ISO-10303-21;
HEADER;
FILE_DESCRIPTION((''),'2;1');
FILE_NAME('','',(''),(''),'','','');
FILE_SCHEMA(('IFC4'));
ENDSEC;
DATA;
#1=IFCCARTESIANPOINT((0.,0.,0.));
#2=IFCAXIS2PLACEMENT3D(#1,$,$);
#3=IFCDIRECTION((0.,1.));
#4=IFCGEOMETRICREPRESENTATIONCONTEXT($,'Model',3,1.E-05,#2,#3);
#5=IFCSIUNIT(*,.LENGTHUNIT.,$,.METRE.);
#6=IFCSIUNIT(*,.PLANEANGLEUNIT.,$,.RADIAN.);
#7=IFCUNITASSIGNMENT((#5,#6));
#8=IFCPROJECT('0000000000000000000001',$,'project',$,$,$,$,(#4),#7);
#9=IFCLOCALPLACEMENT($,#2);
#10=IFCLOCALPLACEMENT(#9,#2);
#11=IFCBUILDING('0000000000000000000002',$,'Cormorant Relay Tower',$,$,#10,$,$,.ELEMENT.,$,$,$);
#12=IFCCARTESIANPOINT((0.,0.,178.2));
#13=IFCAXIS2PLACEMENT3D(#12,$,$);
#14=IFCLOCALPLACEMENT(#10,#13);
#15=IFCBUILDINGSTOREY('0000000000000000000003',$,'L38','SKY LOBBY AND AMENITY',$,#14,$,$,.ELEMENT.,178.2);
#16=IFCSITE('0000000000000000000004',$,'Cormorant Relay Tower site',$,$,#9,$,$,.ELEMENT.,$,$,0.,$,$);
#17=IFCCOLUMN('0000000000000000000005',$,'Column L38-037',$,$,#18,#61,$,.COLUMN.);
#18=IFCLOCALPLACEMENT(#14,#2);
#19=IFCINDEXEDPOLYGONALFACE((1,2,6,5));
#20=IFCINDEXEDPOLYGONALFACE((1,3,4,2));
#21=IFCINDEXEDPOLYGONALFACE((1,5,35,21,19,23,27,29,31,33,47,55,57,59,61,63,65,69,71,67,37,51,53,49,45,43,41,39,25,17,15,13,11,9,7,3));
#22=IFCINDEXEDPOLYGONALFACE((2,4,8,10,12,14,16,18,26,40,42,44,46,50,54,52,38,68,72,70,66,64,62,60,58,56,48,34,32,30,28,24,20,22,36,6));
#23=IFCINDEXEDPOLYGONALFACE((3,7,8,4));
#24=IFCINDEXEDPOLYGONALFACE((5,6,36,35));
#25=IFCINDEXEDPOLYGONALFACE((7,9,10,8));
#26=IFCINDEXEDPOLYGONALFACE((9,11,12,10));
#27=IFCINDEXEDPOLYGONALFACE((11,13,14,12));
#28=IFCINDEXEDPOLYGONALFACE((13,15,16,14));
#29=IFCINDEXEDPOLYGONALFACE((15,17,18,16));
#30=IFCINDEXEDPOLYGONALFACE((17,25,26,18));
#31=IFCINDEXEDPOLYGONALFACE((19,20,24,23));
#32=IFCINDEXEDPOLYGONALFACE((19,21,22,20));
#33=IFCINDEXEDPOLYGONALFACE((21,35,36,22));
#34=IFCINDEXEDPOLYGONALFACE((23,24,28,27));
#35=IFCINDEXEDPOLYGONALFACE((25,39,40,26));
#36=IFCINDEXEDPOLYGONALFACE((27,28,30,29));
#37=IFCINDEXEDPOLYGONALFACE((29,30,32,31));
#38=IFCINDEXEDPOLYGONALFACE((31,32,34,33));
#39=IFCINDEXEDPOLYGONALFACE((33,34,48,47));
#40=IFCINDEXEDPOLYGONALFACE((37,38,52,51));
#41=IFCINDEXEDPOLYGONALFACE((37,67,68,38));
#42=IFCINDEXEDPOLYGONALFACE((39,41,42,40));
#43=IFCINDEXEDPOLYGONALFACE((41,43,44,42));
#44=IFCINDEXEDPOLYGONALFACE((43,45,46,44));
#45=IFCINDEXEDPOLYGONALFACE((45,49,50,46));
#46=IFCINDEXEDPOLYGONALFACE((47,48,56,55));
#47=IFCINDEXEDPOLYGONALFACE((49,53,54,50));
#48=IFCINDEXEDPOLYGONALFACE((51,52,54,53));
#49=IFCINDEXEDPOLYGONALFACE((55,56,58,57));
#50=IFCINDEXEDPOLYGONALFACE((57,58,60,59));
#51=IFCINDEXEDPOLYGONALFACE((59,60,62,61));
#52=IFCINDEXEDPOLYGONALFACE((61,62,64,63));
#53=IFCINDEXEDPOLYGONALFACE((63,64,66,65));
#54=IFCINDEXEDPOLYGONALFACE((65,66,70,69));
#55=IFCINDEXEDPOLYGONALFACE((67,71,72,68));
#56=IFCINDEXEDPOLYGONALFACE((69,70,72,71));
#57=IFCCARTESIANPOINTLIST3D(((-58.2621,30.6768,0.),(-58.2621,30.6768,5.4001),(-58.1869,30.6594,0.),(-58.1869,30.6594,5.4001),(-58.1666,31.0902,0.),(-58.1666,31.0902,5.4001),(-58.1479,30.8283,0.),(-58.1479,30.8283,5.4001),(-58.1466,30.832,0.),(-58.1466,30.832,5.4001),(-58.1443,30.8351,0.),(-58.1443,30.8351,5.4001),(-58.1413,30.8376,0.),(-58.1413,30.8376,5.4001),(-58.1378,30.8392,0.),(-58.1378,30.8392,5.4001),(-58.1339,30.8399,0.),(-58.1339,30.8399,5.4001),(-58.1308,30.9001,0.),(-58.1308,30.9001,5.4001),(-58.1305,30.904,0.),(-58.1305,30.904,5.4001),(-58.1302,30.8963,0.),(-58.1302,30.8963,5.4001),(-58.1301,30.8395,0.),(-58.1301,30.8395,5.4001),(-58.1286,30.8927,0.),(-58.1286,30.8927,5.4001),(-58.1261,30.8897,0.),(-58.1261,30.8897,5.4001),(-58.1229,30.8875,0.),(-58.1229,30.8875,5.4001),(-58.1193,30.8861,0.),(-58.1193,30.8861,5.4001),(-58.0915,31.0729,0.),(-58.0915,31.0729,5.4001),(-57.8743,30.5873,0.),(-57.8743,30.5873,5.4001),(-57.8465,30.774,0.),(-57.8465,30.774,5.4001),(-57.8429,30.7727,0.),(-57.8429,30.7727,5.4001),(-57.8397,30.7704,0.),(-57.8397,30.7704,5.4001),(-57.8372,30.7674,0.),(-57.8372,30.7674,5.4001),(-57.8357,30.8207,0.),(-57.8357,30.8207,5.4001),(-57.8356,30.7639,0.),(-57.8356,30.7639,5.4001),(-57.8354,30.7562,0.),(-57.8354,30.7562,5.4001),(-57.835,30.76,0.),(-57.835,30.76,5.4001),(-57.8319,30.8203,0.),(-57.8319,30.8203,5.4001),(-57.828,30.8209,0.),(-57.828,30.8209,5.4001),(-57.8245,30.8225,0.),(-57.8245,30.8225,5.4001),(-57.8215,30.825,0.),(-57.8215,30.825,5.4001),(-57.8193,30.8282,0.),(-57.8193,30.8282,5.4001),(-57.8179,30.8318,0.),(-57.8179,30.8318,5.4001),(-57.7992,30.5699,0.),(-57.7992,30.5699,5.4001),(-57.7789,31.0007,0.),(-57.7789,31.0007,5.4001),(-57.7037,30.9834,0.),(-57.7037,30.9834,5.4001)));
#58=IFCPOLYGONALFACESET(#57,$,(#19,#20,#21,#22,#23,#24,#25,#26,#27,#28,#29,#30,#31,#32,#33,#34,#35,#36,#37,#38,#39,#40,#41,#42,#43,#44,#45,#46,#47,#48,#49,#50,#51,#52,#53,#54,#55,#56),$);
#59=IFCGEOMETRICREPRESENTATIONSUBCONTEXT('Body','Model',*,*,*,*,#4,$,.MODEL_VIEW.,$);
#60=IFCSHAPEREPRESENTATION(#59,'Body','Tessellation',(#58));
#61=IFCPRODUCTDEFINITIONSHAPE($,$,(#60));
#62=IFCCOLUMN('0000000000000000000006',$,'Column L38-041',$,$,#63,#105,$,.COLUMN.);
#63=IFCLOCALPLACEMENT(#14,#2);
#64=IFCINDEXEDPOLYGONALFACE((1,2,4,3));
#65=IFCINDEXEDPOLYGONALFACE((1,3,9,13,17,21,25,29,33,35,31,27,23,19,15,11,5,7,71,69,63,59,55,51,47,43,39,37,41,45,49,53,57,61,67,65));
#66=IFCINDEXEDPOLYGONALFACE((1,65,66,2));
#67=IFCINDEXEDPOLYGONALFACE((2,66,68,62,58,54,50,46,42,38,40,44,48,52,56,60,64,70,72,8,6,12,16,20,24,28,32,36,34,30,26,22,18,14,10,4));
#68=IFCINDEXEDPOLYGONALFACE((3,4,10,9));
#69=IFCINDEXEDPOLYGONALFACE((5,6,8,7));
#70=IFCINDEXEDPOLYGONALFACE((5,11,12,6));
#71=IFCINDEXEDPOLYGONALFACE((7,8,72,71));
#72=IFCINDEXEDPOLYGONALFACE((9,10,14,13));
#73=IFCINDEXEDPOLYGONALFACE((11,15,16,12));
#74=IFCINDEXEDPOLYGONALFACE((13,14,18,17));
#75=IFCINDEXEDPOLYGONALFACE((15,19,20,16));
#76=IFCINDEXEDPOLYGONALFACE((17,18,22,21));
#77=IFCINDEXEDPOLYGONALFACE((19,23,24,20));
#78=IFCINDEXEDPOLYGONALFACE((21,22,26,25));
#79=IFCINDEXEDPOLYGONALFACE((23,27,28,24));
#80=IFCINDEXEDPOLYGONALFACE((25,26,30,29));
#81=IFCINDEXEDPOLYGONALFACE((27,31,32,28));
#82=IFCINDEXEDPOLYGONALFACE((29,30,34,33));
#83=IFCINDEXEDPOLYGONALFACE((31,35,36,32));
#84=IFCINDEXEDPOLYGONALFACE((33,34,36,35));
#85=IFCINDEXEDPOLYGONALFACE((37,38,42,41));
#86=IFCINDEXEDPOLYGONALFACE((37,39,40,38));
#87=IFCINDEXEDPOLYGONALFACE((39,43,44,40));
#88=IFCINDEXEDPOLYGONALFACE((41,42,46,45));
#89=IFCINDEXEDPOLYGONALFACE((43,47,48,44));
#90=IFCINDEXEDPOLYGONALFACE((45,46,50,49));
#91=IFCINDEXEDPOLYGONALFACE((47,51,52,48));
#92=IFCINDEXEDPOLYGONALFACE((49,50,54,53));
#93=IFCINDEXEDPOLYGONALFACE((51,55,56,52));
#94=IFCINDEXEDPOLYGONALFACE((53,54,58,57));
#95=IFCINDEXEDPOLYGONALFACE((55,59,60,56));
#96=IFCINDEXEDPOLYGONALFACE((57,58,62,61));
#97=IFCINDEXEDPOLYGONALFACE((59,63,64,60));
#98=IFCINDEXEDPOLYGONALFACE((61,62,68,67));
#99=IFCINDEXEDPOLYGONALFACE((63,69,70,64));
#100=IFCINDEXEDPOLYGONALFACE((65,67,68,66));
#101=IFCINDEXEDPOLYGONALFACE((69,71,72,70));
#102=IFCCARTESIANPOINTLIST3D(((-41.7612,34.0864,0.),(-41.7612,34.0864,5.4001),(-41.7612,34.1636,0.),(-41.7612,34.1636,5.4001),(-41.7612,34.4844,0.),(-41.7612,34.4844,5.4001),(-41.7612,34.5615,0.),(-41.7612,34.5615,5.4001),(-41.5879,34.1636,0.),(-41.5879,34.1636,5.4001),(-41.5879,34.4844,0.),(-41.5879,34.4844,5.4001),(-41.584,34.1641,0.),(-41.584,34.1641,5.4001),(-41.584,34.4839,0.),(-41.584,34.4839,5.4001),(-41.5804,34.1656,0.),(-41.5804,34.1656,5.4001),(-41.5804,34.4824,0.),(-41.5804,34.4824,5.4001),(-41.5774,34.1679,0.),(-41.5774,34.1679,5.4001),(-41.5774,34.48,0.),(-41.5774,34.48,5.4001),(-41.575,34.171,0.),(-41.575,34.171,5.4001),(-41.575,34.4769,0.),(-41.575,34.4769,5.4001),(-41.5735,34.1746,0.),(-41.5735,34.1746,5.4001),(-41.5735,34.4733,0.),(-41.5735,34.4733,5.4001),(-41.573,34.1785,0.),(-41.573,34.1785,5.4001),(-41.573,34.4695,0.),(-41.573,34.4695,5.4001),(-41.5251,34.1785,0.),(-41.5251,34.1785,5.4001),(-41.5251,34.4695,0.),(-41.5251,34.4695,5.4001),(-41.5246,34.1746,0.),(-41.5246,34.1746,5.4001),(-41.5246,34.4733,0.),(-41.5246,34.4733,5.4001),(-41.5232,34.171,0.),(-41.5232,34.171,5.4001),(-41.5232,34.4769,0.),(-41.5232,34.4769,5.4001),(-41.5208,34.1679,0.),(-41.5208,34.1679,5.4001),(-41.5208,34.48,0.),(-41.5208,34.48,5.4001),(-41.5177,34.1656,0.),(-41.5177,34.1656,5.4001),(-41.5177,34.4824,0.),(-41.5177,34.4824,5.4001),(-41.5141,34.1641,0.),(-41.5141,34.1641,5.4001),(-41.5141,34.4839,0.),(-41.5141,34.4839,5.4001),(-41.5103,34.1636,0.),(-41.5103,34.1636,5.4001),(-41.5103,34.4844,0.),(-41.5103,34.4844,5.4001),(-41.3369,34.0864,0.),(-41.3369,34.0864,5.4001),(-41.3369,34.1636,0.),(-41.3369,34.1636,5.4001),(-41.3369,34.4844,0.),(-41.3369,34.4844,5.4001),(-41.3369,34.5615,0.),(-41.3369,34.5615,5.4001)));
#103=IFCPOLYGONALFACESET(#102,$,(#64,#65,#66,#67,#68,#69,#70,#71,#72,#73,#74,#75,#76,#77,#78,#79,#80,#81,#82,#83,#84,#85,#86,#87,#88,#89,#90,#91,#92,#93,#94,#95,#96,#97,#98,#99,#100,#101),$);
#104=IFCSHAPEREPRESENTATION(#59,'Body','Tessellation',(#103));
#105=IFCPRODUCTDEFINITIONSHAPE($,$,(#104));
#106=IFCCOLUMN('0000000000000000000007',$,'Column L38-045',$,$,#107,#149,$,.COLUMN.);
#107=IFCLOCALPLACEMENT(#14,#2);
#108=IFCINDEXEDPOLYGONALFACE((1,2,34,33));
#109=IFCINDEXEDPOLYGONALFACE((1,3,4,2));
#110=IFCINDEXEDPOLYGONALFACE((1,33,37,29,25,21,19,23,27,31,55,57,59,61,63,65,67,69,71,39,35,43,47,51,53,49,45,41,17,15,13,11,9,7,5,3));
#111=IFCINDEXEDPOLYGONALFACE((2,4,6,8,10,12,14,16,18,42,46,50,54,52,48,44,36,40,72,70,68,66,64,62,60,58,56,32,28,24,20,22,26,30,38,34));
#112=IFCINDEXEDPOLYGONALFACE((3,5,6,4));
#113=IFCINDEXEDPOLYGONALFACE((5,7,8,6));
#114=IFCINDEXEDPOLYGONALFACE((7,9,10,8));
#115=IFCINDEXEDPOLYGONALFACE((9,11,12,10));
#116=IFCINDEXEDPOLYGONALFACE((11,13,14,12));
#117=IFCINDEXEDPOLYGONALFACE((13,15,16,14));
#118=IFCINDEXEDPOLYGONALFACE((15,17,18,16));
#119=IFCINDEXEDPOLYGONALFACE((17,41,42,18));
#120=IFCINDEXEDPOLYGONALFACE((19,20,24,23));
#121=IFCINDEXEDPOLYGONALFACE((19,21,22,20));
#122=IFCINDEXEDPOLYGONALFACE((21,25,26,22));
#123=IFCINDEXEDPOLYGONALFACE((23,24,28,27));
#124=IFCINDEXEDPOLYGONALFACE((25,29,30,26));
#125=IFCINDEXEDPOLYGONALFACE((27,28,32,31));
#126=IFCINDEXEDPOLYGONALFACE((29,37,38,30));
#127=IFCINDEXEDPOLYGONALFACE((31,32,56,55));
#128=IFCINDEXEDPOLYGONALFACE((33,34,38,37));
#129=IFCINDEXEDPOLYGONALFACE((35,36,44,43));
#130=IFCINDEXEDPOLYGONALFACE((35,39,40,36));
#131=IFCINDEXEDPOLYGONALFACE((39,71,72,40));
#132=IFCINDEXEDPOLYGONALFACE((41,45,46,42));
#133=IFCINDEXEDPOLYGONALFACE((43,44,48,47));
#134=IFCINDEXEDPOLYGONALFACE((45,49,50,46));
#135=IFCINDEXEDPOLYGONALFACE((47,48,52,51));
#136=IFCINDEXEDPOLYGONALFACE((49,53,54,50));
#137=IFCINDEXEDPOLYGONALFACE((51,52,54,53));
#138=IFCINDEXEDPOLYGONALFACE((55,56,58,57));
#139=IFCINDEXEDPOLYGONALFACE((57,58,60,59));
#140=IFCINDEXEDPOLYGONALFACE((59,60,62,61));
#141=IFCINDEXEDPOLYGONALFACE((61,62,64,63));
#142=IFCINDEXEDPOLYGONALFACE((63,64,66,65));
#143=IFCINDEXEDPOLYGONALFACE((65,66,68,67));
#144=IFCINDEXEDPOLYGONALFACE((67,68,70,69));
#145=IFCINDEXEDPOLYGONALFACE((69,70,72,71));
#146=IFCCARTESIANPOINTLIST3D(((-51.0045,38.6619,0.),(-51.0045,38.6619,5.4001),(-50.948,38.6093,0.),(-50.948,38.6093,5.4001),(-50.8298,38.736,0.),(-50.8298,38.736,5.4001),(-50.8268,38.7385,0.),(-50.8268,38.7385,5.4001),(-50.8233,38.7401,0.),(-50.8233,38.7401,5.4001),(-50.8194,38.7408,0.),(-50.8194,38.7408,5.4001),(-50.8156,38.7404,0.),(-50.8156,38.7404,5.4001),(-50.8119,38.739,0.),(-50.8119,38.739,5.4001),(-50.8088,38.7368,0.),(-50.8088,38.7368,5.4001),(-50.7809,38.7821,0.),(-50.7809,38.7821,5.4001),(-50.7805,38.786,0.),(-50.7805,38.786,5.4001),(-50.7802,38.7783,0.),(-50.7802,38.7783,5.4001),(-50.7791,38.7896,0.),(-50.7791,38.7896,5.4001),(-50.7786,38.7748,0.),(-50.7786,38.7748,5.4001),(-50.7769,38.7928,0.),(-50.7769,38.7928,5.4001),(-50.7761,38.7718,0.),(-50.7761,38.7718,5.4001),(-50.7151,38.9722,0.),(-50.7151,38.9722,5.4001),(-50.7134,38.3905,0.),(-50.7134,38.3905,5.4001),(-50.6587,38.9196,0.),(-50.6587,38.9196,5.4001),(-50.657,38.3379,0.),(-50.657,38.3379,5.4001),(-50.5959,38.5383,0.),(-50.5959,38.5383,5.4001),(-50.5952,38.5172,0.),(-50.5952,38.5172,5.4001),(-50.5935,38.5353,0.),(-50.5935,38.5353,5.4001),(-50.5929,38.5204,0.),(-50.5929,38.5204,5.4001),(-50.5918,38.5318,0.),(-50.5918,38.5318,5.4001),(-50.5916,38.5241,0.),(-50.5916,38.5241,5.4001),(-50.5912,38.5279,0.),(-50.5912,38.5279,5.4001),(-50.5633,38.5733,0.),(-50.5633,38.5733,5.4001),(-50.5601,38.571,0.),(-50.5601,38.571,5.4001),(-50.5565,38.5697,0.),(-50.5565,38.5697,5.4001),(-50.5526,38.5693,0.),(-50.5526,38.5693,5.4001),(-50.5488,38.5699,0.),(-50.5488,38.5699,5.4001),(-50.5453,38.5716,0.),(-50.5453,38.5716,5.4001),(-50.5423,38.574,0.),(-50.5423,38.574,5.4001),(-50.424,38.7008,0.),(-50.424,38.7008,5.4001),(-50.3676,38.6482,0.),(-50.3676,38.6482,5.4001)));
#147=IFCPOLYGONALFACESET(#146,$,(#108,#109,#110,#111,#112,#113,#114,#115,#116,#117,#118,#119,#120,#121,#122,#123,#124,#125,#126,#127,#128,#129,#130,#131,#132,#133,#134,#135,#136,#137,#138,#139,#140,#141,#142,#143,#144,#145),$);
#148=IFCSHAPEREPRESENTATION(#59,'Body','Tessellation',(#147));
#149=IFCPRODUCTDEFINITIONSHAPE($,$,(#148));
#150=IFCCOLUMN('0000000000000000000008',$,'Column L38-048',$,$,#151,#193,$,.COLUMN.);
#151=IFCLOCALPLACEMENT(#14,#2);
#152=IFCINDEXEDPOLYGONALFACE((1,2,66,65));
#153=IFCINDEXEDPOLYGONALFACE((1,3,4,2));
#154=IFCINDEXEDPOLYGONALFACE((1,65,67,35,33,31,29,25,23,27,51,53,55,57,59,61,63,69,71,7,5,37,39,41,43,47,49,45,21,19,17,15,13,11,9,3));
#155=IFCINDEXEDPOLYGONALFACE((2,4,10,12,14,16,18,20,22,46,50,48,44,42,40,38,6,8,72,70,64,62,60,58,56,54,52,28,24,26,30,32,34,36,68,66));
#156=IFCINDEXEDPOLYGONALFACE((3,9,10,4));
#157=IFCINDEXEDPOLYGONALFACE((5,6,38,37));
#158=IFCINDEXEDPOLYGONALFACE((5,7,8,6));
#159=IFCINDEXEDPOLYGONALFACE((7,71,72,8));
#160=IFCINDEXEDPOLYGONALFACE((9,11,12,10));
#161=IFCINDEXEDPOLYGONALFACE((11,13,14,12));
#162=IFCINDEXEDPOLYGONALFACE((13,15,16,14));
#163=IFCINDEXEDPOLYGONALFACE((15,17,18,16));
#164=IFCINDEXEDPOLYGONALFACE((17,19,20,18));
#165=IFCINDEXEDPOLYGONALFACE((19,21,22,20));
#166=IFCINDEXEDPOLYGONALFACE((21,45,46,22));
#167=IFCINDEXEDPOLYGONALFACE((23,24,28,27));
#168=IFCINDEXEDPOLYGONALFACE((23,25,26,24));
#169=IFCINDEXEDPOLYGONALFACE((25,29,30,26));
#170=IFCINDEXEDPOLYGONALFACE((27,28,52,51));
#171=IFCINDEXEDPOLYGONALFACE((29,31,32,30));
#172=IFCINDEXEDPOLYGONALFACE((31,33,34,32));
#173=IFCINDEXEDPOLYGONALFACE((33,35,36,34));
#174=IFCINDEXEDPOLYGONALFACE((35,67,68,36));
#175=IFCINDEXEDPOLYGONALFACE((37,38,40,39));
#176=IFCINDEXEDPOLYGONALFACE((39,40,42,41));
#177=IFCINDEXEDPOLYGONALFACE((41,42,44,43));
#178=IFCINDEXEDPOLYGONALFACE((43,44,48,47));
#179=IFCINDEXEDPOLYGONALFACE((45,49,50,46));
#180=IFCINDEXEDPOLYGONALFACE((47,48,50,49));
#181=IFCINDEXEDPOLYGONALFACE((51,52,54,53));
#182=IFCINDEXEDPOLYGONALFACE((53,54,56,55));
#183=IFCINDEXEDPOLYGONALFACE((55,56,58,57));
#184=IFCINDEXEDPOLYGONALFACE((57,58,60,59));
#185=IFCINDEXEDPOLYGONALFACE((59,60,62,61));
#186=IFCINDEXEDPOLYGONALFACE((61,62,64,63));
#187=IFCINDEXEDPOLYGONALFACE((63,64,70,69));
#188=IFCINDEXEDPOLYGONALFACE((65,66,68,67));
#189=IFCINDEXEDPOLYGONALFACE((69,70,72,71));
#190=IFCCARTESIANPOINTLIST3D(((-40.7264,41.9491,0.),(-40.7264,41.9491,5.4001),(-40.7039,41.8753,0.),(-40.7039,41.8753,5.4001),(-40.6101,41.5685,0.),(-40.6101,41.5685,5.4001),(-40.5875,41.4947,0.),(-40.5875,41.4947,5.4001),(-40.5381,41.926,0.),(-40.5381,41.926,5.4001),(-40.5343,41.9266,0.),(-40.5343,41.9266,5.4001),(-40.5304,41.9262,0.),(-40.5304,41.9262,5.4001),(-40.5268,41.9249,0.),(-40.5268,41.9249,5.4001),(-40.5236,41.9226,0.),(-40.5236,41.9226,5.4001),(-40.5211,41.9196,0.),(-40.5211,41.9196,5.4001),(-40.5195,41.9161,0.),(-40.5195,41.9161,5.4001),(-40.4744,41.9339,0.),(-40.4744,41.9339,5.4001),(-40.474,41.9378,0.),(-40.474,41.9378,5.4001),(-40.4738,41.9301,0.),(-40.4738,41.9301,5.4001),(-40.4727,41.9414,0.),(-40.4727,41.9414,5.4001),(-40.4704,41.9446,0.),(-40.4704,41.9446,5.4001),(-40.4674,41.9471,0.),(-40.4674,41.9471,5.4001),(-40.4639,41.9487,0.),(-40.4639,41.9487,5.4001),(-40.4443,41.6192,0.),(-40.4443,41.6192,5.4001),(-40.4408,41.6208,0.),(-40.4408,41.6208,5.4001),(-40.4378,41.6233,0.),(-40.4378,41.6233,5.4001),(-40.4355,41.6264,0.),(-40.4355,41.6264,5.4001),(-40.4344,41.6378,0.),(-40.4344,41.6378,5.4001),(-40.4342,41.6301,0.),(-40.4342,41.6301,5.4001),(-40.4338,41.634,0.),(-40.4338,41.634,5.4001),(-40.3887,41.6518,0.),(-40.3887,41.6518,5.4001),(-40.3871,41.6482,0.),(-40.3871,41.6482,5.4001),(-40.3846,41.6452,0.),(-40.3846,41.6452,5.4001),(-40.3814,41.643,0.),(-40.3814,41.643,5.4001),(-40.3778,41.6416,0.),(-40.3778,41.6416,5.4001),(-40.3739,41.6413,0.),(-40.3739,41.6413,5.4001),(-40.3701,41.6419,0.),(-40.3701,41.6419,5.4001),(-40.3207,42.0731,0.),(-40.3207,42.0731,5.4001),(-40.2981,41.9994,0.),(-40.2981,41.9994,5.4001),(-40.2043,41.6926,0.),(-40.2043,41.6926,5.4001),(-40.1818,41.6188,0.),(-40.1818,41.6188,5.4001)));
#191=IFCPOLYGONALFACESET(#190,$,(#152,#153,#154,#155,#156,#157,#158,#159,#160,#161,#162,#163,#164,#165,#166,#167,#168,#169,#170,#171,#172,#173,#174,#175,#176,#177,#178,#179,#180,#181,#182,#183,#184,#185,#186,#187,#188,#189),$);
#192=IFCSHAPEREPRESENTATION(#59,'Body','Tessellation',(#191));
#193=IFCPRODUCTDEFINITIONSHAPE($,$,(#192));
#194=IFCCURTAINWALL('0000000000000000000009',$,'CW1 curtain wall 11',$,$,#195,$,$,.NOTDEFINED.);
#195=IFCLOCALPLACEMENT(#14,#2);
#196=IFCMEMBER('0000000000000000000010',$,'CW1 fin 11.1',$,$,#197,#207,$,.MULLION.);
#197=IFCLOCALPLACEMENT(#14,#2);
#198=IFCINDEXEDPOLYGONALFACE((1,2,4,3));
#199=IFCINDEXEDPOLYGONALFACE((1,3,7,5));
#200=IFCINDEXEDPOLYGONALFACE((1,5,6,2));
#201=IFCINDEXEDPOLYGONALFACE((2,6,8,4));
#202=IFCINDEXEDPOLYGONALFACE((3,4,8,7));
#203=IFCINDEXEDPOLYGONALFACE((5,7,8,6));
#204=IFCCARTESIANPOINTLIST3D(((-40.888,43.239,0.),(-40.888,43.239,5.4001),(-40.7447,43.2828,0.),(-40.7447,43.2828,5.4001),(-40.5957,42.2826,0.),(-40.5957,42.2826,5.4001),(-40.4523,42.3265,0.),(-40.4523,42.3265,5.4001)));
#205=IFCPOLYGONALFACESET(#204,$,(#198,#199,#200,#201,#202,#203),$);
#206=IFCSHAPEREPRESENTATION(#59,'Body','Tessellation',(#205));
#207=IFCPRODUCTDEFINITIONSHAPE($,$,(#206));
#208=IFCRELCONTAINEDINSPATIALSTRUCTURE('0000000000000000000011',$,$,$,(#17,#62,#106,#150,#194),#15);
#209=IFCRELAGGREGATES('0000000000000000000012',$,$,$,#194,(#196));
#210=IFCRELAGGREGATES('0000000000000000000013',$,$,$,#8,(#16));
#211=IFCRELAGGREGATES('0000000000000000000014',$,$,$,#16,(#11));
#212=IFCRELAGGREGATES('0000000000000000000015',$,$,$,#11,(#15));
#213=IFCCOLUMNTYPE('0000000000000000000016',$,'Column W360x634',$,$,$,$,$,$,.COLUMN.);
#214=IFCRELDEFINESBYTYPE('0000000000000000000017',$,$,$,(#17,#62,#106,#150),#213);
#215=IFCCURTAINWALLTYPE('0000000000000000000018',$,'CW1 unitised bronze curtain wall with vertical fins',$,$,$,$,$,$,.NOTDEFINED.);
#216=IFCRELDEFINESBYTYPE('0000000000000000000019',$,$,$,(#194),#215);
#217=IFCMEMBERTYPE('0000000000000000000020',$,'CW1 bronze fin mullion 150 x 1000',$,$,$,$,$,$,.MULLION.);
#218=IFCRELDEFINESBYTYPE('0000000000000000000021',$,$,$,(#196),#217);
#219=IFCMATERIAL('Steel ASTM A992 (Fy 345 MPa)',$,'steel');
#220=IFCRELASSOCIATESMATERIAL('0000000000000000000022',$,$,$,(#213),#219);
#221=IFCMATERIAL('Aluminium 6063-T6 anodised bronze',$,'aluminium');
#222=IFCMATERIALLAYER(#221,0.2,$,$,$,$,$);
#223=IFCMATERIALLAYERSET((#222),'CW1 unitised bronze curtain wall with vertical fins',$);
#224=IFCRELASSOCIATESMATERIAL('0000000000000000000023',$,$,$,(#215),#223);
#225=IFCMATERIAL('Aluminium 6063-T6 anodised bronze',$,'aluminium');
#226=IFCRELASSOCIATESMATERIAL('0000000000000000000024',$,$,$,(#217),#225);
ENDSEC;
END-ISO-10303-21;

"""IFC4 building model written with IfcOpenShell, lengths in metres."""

from ifc_helpers import new_model, si_unit, direction, frame, origin, origin_2d, place, context, subcontext, project, spatial, rectangle, i_section, extrude, material, layer, layer_set, material_profile, profile_set, type_object, element, aggregate, save


model = new_model("IFC4")

# Units and contexts
model_context = context("Model", 3, precision=1e-05, world=origin(), true_north=direction((0.0, 1.0)))
body_context = subcontext(model_context, "Body", "Model", "MODEL_VIEW")
ifc_project = project(units=[si_unit("LENGTHUNIT", "METRE"), si_unit("PLANEANGLEUNIT", "RADIAN")], contexts=[model_context])

# Site, building, storey
site_placement = place(None, origin())
site = spatial("IfcSite", under=ifc_project, at=site_placement, Name="Cormorant Relay Tower site", CompositionType="ELEMENT", RefElevation=0.0)
building_placement = place(site_placement, origin())
building = spatial("IfcBuilding", under=site, at=building_placement, Name="Cormorant Relay Tower", CompositionType="ELEMENT")
storey_placement = place(building_placement, frame((0.0, 0.0, 178.2)))
storey = spatial("IfcBuildingStorey", under=building, at=storey_placement, Name="L38", Description="SKY LOBBY AND AMENITY", CompositionType="ELEMENT", Elevation=178.2)

# Columns
ifc_material_1 = material(Name="Steel ASTM A992 (Fy 345 MPa)", Category="steel")
ifc_material_profile_1 = material_profile(ifc_material_1, i_section(OverallWidth=0.4243, OverallDepth=0.4751, WebThickness=0.0479, FlangeThickness=0.0771, FilletRadius=0.0149, at=origin_2d()), Name="W360x634")
ifc_profile_set_1 = profile_set([ifc_material_profile_1], Name="Steel ASTM A992 (Fy 345 MPa)")
column_type = type_object("IfcColumnType", Name="Column W360x634", PredefinedType="COLUMN", material=ifc_profile_set_1)
for number, where, z_axis, x_axis, name in (
    (1, (-57.9829, 30.8301, 0.0), (0.0, 0.0, 1.0), (-0.224951, -0.97437, 0.0), "Column L38-037"),
    (2, (-41.5491, 34.324, 0.0), (0.0, 0.0, 1.0), (1.0, 0.0, 0.0), "Column L38-041"),
    (3, (-50.686, 38.655, 0.0), (0.0, 0.0, 1.0), (-0.681998, -0.731354, 0.0), "Column L38-045"),
    (4, (-40.4541, 41.7839, 0.0), (0.0, 0.0, 1.0), (-0.956305, -0.292372, 0.0), "Column L38-048"),
):
    element("IfcColumn", number, at=place(storey_placement, frame(where, z_axis=z_axis, x_axis=x_axis)), inside=storey, type_object=column_type, Name=name, PredefinedType="COLUMN", context=body_context, shape_type="SweptSolid", body=[
        extrude(i_section(OverallWidth=0.4243, OverallDepth=0.4751, WebThickness=0.0479, FlangeThickness=0.0771, FilletRadius=0.0149, at=origin_2d()), origin(), (0.0, 0.0, 1.0), 5.4001),
    ])

# Curtain wall, member
ifc_material_2 = material(Name="Aluminium 6063-T6 anodised bronze", Category="aluminium")
ifc_layer_1 = layer(ifc_material_2, 0.2)
ifc_layer_set_1 = layer_set([ifc_layer_1], Name="CW1 unitised bronze curtain wall with vertical fins")
curtain_wall_type = type_object("IfcCurtainWallType", Name="CW1 unitised bronze curtain wall with vertical fins", PredefinedType="NOTDEFINED", material=ifc_layer_set_1)
curtain_wall_1_placement = place(storey_placement, origin())
curtain_wall_1 = element("IfcCurtainWall", 5, at=curtain_wall_1_placement, inside=storey, type_object=curtain_wall_type, Name="CW1 curtain wall 11", PredefinedType="NOTDEFINED")
ifc_material_3 = material(Name="Aluminium 6063-T6 anodised bronze", Category="aluminium")
ifc_material_profile_2 = material_profile(ifc_material_3, rectangle(XDim=0.1499, YDim=1.0, at=origin_2d()), Name="AL 150x1000")
ifc_profile_set_2 = profile_set([ifc_material_profile_2], Name="Aluminium 6063-T6 anodised bronze")
member_type_1 = type_object("IfcMemberType", Name="CW1 bronze fin mullion 150 x 1000", PredefinedType="MULLION", material=ifc_profile_set_2)
member_1_placement = place(storey_placement, frame((-40.6702, 42.7827, 0.0), z_axis=(0.0, 0.0, 1.0), x_axis=(-0.956305, -0.292372, 0.0)))
member_1 = element("IfcMember", 6, at=member_1_placement, type_object=member_type_1, Name="CW1 fin 11.1", PredefinedType="MULLION", context=body_context, shape_type="SweptSolid", body=[
    extrude(rectangle(XDim=0.1499, YDim=1.0, at=origin_2d()), origin(), (0.0, 0.0, 1.0), 5.4001),
])

aggregate(curtain_wall_1, [member_1])

save(model, "model.ifc")
